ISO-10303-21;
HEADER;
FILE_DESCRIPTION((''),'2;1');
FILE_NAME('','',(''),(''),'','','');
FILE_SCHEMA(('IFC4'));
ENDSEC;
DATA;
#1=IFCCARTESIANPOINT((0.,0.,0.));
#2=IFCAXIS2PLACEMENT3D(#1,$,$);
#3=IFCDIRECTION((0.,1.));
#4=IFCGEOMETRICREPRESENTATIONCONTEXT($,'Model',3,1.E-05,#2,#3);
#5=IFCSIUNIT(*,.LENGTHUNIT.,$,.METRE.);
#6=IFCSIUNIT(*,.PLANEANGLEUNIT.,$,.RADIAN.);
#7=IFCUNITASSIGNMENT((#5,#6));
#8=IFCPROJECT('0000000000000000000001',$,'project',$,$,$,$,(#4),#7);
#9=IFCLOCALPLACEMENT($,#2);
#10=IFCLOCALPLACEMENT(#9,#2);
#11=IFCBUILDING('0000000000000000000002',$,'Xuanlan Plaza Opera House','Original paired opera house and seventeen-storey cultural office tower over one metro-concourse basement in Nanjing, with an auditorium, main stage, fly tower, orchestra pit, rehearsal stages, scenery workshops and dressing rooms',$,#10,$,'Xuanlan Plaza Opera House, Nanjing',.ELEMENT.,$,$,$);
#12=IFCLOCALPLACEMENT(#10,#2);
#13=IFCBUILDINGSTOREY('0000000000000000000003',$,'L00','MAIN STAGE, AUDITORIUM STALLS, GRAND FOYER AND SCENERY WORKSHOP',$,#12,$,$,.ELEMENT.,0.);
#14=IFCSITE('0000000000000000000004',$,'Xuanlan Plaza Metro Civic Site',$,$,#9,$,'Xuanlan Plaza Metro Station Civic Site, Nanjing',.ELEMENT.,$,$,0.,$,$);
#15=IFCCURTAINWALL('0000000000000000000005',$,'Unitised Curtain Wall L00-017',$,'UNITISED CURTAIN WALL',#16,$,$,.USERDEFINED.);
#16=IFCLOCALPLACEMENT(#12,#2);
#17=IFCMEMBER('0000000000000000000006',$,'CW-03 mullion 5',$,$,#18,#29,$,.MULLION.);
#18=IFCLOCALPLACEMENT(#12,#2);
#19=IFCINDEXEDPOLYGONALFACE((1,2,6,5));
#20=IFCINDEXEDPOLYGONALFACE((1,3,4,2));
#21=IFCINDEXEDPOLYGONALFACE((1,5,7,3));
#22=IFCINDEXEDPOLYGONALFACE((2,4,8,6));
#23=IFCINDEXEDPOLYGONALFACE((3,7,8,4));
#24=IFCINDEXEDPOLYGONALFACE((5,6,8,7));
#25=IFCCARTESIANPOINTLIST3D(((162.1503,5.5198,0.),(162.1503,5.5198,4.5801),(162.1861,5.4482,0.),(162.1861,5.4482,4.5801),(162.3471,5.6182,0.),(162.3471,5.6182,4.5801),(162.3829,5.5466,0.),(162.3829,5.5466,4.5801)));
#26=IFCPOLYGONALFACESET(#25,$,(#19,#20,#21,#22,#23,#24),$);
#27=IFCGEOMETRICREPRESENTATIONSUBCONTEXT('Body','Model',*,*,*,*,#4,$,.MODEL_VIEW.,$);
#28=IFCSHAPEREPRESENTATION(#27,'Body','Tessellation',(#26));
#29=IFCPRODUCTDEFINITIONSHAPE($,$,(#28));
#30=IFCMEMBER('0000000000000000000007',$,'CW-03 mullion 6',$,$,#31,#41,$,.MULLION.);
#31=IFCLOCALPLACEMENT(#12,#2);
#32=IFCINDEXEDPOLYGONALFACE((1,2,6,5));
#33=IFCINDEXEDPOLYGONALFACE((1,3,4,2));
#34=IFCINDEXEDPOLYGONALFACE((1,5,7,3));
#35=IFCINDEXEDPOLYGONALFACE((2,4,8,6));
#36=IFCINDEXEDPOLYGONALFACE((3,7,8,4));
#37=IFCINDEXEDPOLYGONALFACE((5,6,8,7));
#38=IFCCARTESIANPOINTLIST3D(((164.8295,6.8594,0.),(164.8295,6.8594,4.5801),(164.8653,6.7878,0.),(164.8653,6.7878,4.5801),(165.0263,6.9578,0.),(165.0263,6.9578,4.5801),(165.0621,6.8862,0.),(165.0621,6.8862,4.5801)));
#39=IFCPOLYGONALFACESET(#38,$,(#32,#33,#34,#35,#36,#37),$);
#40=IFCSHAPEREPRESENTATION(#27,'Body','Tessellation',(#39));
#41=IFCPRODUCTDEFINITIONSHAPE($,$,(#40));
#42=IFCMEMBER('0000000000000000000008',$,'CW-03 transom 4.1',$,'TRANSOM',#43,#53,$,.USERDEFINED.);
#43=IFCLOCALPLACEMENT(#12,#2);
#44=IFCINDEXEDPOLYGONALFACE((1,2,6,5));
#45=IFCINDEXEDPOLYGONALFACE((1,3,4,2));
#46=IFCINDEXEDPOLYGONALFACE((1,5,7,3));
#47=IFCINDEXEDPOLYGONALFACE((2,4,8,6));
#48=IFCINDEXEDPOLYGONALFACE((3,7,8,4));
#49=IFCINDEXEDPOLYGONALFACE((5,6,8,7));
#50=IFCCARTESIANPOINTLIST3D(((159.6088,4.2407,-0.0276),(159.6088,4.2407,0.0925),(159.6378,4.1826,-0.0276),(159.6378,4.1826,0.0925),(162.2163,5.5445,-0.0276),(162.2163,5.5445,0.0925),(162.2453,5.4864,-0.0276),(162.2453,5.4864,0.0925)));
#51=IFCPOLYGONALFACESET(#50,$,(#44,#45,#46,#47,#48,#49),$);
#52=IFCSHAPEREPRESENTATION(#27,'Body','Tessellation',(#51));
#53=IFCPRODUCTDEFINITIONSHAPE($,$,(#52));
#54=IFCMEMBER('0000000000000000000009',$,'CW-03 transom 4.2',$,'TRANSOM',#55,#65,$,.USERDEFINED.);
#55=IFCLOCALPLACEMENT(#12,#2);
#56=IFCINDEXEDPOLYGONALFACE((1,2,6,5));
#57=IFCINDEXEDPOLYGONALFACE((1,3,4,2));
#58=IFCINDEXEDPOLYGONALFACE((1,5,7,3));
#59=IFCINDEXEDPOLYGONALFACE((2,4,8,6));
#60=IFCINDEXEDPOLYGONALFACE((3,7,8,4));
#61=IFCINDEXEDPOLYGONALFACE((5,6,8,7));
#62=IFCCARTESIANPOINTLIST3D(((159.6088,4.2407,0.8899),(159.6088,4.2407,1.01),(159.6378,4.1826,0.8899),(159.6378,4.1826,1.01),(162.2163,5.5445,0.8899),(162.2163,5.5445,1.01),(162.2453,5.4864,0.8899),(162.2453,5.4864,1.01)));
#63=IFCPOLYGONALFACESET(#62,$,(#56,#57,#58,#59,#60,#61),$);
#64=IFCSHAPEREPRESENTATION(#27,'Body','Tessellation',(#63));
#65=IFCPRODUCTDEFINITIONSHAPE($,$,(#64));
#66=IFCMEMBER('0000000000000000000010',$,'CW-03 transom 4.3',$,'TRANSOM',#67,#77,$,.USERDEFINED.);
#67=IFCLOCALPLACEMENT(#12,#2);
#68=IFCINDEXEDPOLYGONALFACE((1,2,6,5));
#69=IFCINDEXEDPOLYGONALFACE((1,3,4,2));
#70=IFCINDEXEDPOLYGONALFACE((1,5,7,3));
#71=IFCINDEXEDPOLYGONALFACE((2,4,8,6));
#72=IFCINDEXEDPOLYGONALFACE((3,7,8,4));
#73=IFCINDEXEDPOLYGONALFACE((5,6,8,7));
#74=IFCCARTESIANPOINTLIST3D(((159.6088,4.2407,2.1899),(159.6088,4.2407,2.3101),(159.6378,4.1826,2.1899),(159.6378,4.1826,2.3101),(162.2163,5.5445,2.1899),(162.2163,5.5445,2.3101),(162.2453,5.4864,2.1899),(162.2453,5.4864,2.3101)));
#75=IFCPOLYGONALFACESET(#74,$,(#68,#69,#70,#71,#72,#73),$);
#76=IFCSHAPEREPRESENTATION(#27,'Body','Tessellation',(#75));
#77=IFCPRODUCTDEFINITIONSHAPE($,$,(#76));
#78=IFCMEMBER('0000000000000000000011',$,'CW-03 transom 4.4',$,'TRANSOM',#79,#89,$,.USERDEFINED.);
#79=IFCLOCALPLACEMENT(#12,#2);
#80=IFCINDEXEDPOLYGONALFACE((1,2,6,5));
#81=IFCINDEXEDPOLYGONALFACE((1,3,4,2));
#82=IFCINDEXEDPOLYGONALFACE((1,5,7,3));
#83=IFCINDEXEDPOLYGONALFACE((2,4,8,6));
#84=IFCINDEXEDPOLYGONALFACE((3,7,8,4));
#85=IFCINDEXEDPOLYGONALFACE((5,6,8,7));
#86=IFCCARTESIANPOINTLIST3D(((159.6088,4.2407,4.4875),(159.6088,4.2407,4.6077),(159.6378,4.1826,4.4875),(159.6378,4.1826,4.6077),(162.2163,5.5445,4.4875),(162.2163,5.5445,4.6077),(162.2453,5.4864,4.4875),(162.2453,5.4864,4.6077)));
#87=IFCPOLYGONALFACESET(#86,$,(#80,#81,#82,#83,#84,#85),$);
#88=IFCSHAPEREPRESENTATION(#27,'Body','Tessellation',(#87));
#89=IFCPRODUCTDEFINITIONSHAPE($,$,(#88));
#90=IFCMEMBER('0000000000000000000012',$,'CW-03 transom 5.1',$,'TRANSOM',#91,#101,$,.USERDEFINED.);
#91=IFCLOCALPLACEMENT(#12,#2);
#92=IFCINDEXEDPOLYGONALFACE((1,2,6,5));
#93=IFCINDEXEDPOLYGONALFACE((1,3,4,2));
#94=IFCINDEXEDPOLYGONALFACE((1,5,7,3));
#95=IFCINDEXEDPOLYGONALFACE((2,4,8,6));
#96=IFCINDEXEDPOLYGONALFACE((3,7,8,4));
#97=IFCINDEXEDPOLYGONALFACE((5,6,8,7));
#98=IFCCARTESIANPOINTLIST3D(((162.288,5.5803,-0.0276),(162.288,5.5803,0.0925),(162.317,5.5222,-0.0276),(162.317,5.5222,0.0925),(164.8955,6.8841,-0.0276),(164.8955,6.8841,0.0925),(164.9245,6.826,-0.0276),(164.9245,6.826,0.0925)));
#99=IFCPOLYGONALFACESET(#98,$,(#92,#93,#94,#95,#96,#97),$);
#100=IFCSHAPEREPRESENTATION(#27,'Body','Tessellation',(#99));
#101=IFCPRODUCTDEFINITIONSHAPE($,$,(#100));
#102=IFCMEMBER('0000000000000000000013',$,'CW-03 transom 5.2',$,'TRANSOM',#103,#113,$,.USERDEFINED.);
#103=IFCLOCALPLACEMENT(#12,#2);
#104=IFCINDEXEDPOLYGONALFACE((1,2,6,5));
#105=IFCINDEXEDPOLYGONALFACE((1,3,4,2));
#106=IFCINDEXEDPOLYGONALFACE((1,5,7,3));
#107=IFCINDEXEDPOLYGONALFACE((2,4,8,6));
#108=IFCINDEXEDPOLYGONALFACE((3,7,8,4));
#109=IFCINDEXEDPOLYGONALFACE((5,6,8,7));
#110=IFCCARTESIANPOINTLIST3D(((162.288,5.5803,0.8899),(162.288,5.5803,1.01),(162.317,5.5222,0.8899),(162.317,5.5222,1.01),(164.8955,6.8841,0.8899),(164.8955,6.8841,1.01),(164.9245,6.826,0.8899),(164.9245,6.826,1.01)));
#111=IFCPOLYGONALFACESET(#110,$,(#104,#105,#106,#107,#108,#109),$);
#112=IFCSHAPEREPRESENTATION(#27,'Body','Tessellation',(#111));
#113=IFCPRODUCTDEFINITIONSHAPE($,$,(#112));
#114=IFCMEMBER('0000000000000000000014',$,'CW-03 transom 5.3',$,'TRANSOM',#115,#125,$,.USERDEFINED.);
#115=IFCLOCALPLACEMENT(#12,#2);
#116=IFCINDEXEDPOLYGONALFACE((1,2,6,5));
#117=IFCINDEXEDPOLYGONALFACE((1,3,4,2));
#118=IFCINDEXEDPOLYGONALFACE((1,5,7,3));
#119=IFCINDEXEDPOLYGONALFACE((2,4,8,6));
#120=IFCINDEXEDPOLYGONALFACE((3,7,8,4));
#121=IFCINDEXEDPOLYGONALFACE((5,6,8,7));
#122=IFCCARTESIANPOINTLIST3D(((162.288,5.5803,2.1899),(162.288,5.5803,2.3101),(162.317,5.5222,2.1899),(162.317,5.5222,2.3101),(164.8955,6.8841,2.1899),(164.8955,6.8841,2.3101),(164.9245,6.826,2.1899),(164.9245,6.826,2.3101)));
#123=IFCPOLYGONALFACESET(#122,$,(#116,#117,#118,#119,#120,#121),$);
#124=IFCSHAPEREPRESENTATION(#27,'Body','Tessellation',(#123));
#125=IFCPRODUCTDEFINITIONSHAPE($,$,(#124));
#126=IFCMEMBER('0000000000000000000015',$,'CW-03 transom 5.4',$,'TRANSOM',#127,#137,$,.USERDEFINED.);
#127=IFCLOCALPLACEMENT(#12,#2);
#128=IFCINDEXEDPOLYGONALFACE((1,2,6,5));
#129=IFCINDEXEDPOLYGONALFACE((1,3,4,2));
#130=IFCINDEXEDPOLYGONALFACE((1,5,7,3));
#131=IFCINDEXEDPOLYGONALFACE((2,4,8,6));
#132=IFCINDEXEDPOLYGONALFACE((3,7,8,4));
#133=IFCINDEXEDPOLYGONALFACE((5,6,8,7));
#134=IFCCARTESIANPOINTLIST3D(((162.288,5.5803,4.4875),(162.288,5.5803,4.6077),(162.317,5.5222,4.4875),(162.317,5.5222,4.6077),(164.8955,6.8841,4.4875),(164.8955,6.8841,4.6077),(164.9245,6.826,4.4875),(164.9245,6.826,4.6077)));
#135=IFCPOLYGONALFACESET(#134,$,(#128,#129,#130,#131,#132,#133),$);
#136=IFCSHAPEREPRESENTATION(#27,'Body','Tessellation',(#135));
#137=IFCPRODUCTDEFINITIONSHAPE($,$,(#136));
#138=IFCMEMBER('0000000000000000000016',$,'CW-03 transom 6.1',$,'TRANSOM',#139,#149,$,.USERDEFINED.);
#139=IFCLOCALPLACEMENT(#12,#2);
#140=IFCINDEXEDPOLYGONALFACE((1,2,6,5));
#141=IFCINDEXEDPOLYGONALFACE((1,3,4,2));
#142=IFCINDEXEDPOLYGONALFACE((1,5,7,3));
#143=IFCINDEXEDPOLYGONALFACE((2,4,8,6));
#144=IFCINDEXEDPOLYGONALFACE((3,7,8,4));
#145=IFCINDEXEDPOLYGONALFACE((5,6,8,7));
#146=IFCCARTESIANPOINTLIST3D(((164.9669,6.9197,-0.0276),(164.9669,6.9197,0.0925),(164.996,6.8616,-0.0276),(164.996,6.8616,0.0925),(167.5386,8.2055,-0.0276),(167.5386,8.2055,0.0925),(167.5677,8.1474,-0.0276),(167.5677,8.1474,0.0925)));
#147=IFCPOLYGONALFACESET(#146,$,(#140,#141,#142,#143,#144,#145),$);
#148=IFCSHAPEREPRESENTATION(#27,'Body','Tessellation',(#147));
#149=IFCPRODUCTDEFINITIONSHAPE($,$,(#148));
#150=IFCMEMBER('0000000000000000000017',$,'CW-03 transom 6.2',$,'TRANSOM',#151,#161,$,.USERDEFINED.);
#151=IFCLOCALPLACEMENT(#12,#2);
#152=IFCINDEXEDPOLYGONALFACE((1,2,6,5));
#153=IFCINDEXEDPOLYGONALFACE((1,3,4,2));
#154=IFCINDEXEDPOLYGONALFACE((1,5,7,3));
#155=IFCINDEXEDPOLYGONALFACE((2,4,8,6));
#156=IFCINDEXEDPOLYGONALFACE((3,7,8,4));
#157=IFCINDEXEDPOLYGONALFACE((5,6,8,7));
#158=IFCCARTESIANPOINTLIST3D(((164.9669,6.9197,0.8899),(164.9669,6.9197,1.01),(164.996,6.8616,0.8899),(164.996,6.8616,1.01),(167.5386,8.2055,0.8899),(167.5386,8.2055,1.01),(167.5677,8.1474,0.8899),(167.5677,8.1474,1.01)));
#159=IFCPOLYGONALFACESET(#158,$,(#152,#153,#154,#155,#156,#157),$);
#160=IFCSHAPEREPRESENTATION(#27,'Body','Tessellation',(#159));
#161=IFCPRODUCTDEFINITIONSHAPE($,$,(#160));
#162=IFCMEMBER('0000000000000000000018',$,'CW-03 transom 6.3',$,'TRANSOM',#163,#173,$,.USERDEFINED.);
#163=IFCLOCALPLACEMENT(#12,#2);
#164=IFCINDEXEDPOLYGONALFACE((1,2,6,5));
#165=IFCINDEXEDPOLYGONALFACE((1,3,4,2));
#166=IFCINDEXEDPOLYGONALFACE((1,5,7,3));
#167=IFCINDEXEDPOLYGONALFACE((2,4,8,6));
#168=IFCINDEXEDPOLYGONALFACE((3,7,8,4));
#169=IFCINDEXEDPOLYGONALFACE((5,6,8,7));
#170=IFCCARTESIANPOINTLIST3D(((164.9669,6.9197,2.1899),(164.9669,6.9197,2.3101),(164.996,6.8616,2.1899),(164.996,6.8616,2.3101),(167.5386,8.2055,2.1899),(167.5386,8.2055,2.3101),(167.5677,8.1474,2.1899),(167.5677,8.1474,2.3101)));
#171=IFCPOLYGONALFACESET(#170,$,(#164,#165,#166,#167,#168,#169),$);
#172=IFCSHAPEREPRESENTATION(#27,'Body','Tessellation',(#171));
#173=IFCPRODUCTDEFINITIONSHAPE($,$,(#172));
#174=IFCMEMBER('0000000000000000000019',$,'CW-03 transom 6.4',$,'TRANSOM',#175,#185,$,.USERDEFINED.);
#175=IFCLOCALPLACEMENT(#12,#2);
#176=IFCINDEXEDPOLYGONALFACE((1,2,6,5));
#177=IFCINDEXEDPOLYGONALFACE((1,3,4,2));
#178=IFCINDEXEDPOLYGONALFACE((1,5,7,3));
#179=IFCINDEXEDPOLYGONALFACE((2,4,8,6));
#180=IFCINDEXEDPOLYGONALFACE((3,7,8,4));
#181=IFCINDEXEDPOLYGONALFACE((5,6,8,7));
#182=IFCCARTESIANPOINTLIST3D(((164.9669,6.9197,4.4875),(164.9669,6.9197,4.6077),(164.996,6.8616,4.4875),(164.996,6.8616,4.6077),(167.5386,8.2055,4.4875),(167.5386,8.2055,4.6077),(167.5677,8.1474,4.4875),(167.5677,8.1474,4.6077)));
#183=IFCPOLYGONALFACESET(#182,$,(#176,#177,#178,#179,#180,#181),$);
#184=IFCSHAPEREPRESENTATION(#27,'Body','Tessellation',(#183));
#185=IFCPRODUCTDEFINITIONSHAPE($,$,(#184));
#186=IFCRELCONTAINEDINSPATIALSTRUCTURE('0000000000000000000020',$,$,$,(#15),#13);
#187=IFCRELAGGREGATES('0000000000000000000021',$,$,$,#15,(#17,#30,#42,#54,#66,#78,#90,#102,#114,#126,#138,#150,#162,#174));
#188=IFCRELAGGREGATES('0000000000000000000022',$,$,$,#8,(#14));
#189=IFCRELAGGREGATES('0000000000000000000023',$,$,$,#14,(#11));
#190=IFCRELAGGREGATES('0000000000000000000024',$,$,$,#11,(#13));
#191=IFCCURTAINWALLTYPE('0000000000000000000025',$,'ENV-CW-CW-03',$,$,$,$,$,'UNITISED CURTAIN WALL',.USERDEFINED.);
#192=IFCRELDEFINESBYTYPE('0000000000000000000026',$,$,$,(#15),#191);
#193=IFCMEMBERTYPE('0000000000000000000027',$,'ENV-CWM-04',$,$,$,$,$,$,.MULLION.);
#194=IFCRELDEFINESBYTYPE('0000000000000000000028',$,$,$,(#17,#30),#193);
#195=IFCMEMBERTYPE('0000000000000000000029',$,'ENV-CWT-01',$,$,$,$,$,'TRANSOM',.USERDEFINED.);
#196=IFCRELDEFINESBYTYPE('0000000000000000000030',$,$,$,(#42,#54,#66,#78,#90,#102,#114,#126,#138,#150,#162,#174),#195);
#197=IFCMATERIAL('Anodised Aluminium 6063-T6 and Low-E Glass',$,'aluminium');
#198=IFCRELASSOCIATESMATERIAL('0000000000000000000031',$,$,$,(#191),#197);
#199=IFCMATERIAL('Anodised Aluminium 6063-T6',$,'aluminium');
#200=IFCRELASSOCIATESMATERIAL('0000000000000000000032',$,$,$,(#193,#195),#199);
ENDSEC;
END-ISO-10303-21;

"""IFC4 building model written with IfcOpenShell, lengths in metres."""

from ifc_helpers import new_model, si_unit, direction, frame, origin, origin_2d, place, context, subcontext, project, spatial, rectangle, extrude, material, material_profile, profile_set, type_object, element, aggregate, save


model = new_model("IFC4")

# Units and contexts
model_context = context("Model", 3, precision=1e-05, world=origin(), true_north=direction((0.0, 1.0)))
body_context = subcontext(model_context, "Body", "Model", "MODEL_VIEW")
ifc_project = project(units=[si_unit("LENGTHUNIT", "METRE"), si_unit("PLANEANGLEUNIT", "RADIAN")], contexts=[model_context])

# Site, building, storey
site_placement = place(None, origin())
site = spatial("IfcSite", under=ifc_project, at=site_placement, Name="Xuanlan Plaza Metro Civic Site", LongName="Xuanlan Plaza Metro Station Civic Site, Nanjing", CompositionType="ELEMENT", RefElevation=0.0)
building_placement = place(site_placement, origin())
building = spatial("IfcBuilding", under=site, at=building_placement, Name="Xuanlan Plaza Opera House", Description="Original paired opera house and seventeen-storey cultural office tower over one metro-concourse basement in Nanjing, with an auditorium, main stage, fly tower, orchestra pit, rehearsal stages, scenery workshops and dressing rooms", LongName="Xuanlan Plaza Opera House, Nanjing", CompositionType="ELEMENT")
storey_placement = place(building_placement, origin())
storey = spatial("IfcBuildingStorey", under=building, at=storey_placement, Name="L00", Description="MAIN STAGE, AUDITORIUM STALLS, GRAND FOYER AND SCENERY WORKSHOP", CompositionType="ELEMENT", Elevation=0.0)

# Curtain wall, members
ifc_material_1 = material(Name="Anodised Aluminium 6063-T6 and Low-E Glass", Category="aluminium")
curtain_wall_type = type_object("IfcCurtainWallType", Name="ENV-CW-CW-03", ElementType="UNITISED CURTAIN WALL", PredefinedType="USERDEFINED", material=ifc_material_1)
curtain_wall_placement = place(storey_placement, origin())
curtain_wall = element("IfcCurtainWall", 1, at=curtain_wall_placement, inside=storey, type_object=curtain_wall_type, Name="Unitised Curtain Wall L00-017", ObjectType="UNITISED CURTAIN WALL", PredefinedType="USERDEFINED")
ifc_material_2 = material(Name="Anodised Aluminium 6063-T6", Category="aluminium")
ifc_material_profile_1 = material_profile(ifc_material_2, rectangle(XDim=0.0801, YDim=0.22, at=origin_2d()), Name="ALU-M 80x220")
ifc_profile_set_1 = profile_set([ifc_material_profile_1], Name="Anodised Aluminium 6063-T6")
member_type_1 = type_object("IfcMemberType", Name="ENV-CWM-04", PredefinedType="MULLION", material=ifc_profile_set_1)
member_1_placement = place(storey_placement, frame((162.2666, 5.5332, 0.0), z_axis=(0.0, 0.0, 1.0), x_axis=(-0.447214, 0.894427, 0.0)))
member_1 = element("IfcMember", 2, at=member_1_placement, type_object=member_type_1, Name="CW-03 mullion 5", PredefinedType="MULLION", context=body_context, shape_type="SweptSolid", body=[
    extrude(rectangle(XDim=0.0801, YDim=0.22, at=origin_2d()), origin(), (0.0, 0.0, 1.0), 4.5801),
])
member_2_placement = place(storey_placement, frame((164.9458, 6.8728, 0.0), z_axis=(0.0, 0.0, 1.0), x_axis=(-0.447214, 0.894427, 0.0)))
member_2 = element("IfcMember", 3, at=member_2_placement, type_object=member_type_1, Name="CW-03 mullion 6", PredefinedType="MULLION", context=body_context, shape_type="SweptSolid", body=[
    extrude(rectangle(XDim=0.0801, YDim=0.22, at=origin_2d()), origin(), (0.0, 0.0, 1.0), 4.5801),
])
ifc_material_profile_2 = material_profile(ifc_material_2, rectangle(XDim=0.0649, YDim=0.1201, at=origin_2d()), Name="ALU-T 65x120")
ifc_profile_set_2 = profile_set([ifc_material_profile_2], Name="Anodised Aluminium 6063-T6")
member_type_2 = type_object("IfcMemberType", Name="ENV-CWT-01", ElementType="TRANSOM", PredefinedType="USERDEFINED", material=ifc_profile_set_2)
member_3_placement = place(storey_placement, frame((159.6233, 4.2117, 0.0325), z_axis=(0.894427, 0.447214, 0.0), x_axis=(-0.447214, 0.894427, 0.0)))
member_3 = element("IfcMember", 4, at=member_3_placement, type_object=member_type_2, Name="CW-03 transom 4.1", ObjectType="TRANSOM", PredefinedType="USERDEFINED", context=body_context, shape_type="SweptSolid", body=[
    extrude(rectangle(XDim=0.0649, YDim=0.1201, at=origin_2d()), origin(), (0.0, 0.0, 1.0), 2.9153),
])
member_4_placement = place(storey_placement, frame((159.6233, 4.2117, 0.95), z_axis=(0.894427, 0.447214, 0.0), x_axis=(-0.447214, 0.894427, 0.0)))
member_4 = element("IfcMember", 5, at=member_4_placement, type_object=member_type_2, Name="CW-03 transom 4.2", ObjectType="TRANSOM", PredefinedType="USERDEFINED", context=body_context, shape_type="SweptSolid", body=[
    extrude(rectangle(XDim=0.0649, YDim=0.1201, at=origin_2d()), origin(), (0.0, 0.0, 1.0), 2.9153),
])
member_5_placement = place(storey_placement, frame((159.6233, 4.2117, 2.25), z_axis=(0.894427, 0.447214, 0.0), x_axis=(-0.447214, 0.894427, 0.0)))
member_5 = element("IfcMember", 6, at=member_5_placement, type_object=member_type_2, Name="CW-03 transom 4.3", ObjectType="TRANSOM", PredefinedType="USERDEFINED", context=body_context, shape_type="SweptSolid", body=[
    extrude(rectangle(XDim=0.0649, YDim=0.1201, at=origin_2d()), origin(), (0.0, 0.0, 1.0), 2.9153),
])
member_6_placement = place(storey_placement, frame((159.6233, 4.2117, 4.5476), z_axis=(0.894427, 0.447214, 0.0), x_axis=(-0.447214, 0.894427, 0.0)))
member_6 = element("IfcMember", 7, at=member_6_placement, type_object=member_type_2, Name="CW-03 transom 4.4", ObjectType="TRANSOM", PredefinedType="USERDEFINED", context=body_context, shape_type="SweptSolid", body=[
    extrude(rectangle(XDim=0.0649, YDim=0.1201, at=origin_2d()), origin(), (0.0, 0.0, 1.0), 2.9153),
])
member_7_placement = place(storey_placement, frame((162.3025, 5.5513, 0.0325), z_axis=(0.894427, 0.447214, 0.0), x_axis=(-0.447214, 0.894427, 0.0)))
member_7 = element("IfcMember", 8, at=member_7_placement, type_object=member_type_2, Name="CW-03 transom 5.1", ObjectType="TRANSOM", PredefinedType="USERDEFINED", context=body_context, shape_type="SweptSolid", body=[
    extrude(rectangle(XDim=0.0649, YDim=0.1201, at=origin_2d()), origin(), (0.0, 0.0, 1.0), 2.9153),
])
member_8_placement = place(storey_placement, frame((162.3025, 5.5513, 0.95), z_axis=(0.894427, 0.447214, 0.0), x_axis=(-0.447214, 0.894427, 0.0)))
member_8 = element("IfcMember", 9, at=member_8_placement, type_object=member_type_2, Name="CW-03 transom 5.2", ObjectType="TRANSOM", PredefinedType="USERDEFINED", context=body_context, shape_type="SweptSolid", body=[
    extrude(rectangle(XDim=0.0649, YDim=0.1201, at=origin_2d()), origin(), (0.0, 0.0, 1.0), 2.9153),
])
member_9_placement = place(storey_placement, frame((162.3025, 5.5513, 2.25), z_axis=(0.894427, 0.447214, 0.0), x_axis=(-0.447214, 0.894427, 0.0)))
member_9 = element("IfcMember", 10, at=member_9_placement, type_object=member_type_2, Name="CW-03 transom 5.3", ObjectType="TRANSOM", PredefinedType="USERDEFINED", context=body_context, shape_type="SweptSolid", body=[
    extrude(rectangle(XDim=0.0649, YDim=0.1201, at=origin_2d()), origin(), (0.0, 0.0, 1.0), 2.9153),
])
member_10_placement = place(storey_placement, frame((162.3025, 5.5513, 4.5476), z_axis=(0.894427, 0.447214, 0.0), x_axis=(-0.447214, 0.894427, 0.0)))
member_10 = element("IfcMember", 11, at=member_10_placement, type_object=member_type_2, Name="CW-03 transom 5.4", ObjectType="TRANSOM", PredefinedType="USERDEFINED", context=body_context, shape_type="SweptSolid", body=[
    extrude(rectangle(XDim=0.0649, YDim=0.1201, at=origin_2d()), origin(), (0.0, 0.0, 1.0), 2.9153),
])
member_11_placement = place(storey_placement, frame((164.9814, 6.8906, 0.0325), z_axis=(0.894427, 0.447214, 0.0), x_axis=(-0.447214, 0.894427, 0.0)))
member_11 = element("IfcMember", 12, at=member_11_placement, type_object=member_type_2, Name="CW-03 transom 6.1", ObjectType="TRANSOM", PredefinedType="USERDEFINED", context=body_context, shape_type="SweptSolid", body=[
    extrude(rectangle(XDim=0.0649, YDim=0.1201, at=origin_2d()), origin(), (0.0, 0.0, 1.0), 2.8752),
])
member_12_placement = place(storey_placement, frame((164.9814, 6.8906, 0.95), z_axis=(0.894427, 0.447214, 0.0), x_axis=(-0.447214, 0.894427, 0.0)))
member_12 = element("IfcMember", 13, at=member_12_placement, type_object=member_type_2, Name="CW-03 transom 6.2", ObjectType="TRANSOM", PredefinedType="USERDEFINED", context=body_context, shape_type="SweptSolid", body=[
    extrude(rectangle(XDim=0.0649, YDim=0.1201, at=origin_2d()), origin(), (0.0, 0.0, 1.0), 2.8752),
])
member_13_placement = place(storey_placement, frame((164.9814, 6.8906, 2.25), z_axis=(0.894427, 0.447214, 0.0), x_axis=(-0.447214, 0.894427, 0.0)))
member_13 = element("IfcMember", 14, at=member_13_placement, type_object=member_type_2, Name="CW-03 transom 6.3", ObjectType="TRANSOM", PredefinedType="USERDEFINED", context=body_context, shape_type="SweptSolid", body=[
    extrude(rectangle(XDim=0.0649, YDim=0.1201, at=origin_2d()), origin(), (0.0, 0.0, 1.0), 2.8752),
])
member_14_placement = place(storey_placement, frame((164.9814, 6.8906, 4.5476), z_axis=(0.894427, 0.447214, 0.0), x_axis=(-0.447214, 0.894427, 0.0)))
member_14 = element("IfcMember", 15, at=member_14_placement, type_object=member_type_2, Name="CW-03 transom 6.4", ObjectType="TRANSOM", PredefinedType="USERDEFINED", context=body_context, shape_type="SweptSolid", body=[
    extrude(rectangle(XDim=0.0649, YDim=0.1201, at=origin_2d()), origin(), (0.0, 0.0, 1.0), 2.8752),
])
aggregate(curtain_wall, [member_1, member_2, member_3, member_4, member_5, member_6, member_7, member_8, member_9, member_10, member_11, member_12, member_13, member_14])

save(model, "model.ifc")
